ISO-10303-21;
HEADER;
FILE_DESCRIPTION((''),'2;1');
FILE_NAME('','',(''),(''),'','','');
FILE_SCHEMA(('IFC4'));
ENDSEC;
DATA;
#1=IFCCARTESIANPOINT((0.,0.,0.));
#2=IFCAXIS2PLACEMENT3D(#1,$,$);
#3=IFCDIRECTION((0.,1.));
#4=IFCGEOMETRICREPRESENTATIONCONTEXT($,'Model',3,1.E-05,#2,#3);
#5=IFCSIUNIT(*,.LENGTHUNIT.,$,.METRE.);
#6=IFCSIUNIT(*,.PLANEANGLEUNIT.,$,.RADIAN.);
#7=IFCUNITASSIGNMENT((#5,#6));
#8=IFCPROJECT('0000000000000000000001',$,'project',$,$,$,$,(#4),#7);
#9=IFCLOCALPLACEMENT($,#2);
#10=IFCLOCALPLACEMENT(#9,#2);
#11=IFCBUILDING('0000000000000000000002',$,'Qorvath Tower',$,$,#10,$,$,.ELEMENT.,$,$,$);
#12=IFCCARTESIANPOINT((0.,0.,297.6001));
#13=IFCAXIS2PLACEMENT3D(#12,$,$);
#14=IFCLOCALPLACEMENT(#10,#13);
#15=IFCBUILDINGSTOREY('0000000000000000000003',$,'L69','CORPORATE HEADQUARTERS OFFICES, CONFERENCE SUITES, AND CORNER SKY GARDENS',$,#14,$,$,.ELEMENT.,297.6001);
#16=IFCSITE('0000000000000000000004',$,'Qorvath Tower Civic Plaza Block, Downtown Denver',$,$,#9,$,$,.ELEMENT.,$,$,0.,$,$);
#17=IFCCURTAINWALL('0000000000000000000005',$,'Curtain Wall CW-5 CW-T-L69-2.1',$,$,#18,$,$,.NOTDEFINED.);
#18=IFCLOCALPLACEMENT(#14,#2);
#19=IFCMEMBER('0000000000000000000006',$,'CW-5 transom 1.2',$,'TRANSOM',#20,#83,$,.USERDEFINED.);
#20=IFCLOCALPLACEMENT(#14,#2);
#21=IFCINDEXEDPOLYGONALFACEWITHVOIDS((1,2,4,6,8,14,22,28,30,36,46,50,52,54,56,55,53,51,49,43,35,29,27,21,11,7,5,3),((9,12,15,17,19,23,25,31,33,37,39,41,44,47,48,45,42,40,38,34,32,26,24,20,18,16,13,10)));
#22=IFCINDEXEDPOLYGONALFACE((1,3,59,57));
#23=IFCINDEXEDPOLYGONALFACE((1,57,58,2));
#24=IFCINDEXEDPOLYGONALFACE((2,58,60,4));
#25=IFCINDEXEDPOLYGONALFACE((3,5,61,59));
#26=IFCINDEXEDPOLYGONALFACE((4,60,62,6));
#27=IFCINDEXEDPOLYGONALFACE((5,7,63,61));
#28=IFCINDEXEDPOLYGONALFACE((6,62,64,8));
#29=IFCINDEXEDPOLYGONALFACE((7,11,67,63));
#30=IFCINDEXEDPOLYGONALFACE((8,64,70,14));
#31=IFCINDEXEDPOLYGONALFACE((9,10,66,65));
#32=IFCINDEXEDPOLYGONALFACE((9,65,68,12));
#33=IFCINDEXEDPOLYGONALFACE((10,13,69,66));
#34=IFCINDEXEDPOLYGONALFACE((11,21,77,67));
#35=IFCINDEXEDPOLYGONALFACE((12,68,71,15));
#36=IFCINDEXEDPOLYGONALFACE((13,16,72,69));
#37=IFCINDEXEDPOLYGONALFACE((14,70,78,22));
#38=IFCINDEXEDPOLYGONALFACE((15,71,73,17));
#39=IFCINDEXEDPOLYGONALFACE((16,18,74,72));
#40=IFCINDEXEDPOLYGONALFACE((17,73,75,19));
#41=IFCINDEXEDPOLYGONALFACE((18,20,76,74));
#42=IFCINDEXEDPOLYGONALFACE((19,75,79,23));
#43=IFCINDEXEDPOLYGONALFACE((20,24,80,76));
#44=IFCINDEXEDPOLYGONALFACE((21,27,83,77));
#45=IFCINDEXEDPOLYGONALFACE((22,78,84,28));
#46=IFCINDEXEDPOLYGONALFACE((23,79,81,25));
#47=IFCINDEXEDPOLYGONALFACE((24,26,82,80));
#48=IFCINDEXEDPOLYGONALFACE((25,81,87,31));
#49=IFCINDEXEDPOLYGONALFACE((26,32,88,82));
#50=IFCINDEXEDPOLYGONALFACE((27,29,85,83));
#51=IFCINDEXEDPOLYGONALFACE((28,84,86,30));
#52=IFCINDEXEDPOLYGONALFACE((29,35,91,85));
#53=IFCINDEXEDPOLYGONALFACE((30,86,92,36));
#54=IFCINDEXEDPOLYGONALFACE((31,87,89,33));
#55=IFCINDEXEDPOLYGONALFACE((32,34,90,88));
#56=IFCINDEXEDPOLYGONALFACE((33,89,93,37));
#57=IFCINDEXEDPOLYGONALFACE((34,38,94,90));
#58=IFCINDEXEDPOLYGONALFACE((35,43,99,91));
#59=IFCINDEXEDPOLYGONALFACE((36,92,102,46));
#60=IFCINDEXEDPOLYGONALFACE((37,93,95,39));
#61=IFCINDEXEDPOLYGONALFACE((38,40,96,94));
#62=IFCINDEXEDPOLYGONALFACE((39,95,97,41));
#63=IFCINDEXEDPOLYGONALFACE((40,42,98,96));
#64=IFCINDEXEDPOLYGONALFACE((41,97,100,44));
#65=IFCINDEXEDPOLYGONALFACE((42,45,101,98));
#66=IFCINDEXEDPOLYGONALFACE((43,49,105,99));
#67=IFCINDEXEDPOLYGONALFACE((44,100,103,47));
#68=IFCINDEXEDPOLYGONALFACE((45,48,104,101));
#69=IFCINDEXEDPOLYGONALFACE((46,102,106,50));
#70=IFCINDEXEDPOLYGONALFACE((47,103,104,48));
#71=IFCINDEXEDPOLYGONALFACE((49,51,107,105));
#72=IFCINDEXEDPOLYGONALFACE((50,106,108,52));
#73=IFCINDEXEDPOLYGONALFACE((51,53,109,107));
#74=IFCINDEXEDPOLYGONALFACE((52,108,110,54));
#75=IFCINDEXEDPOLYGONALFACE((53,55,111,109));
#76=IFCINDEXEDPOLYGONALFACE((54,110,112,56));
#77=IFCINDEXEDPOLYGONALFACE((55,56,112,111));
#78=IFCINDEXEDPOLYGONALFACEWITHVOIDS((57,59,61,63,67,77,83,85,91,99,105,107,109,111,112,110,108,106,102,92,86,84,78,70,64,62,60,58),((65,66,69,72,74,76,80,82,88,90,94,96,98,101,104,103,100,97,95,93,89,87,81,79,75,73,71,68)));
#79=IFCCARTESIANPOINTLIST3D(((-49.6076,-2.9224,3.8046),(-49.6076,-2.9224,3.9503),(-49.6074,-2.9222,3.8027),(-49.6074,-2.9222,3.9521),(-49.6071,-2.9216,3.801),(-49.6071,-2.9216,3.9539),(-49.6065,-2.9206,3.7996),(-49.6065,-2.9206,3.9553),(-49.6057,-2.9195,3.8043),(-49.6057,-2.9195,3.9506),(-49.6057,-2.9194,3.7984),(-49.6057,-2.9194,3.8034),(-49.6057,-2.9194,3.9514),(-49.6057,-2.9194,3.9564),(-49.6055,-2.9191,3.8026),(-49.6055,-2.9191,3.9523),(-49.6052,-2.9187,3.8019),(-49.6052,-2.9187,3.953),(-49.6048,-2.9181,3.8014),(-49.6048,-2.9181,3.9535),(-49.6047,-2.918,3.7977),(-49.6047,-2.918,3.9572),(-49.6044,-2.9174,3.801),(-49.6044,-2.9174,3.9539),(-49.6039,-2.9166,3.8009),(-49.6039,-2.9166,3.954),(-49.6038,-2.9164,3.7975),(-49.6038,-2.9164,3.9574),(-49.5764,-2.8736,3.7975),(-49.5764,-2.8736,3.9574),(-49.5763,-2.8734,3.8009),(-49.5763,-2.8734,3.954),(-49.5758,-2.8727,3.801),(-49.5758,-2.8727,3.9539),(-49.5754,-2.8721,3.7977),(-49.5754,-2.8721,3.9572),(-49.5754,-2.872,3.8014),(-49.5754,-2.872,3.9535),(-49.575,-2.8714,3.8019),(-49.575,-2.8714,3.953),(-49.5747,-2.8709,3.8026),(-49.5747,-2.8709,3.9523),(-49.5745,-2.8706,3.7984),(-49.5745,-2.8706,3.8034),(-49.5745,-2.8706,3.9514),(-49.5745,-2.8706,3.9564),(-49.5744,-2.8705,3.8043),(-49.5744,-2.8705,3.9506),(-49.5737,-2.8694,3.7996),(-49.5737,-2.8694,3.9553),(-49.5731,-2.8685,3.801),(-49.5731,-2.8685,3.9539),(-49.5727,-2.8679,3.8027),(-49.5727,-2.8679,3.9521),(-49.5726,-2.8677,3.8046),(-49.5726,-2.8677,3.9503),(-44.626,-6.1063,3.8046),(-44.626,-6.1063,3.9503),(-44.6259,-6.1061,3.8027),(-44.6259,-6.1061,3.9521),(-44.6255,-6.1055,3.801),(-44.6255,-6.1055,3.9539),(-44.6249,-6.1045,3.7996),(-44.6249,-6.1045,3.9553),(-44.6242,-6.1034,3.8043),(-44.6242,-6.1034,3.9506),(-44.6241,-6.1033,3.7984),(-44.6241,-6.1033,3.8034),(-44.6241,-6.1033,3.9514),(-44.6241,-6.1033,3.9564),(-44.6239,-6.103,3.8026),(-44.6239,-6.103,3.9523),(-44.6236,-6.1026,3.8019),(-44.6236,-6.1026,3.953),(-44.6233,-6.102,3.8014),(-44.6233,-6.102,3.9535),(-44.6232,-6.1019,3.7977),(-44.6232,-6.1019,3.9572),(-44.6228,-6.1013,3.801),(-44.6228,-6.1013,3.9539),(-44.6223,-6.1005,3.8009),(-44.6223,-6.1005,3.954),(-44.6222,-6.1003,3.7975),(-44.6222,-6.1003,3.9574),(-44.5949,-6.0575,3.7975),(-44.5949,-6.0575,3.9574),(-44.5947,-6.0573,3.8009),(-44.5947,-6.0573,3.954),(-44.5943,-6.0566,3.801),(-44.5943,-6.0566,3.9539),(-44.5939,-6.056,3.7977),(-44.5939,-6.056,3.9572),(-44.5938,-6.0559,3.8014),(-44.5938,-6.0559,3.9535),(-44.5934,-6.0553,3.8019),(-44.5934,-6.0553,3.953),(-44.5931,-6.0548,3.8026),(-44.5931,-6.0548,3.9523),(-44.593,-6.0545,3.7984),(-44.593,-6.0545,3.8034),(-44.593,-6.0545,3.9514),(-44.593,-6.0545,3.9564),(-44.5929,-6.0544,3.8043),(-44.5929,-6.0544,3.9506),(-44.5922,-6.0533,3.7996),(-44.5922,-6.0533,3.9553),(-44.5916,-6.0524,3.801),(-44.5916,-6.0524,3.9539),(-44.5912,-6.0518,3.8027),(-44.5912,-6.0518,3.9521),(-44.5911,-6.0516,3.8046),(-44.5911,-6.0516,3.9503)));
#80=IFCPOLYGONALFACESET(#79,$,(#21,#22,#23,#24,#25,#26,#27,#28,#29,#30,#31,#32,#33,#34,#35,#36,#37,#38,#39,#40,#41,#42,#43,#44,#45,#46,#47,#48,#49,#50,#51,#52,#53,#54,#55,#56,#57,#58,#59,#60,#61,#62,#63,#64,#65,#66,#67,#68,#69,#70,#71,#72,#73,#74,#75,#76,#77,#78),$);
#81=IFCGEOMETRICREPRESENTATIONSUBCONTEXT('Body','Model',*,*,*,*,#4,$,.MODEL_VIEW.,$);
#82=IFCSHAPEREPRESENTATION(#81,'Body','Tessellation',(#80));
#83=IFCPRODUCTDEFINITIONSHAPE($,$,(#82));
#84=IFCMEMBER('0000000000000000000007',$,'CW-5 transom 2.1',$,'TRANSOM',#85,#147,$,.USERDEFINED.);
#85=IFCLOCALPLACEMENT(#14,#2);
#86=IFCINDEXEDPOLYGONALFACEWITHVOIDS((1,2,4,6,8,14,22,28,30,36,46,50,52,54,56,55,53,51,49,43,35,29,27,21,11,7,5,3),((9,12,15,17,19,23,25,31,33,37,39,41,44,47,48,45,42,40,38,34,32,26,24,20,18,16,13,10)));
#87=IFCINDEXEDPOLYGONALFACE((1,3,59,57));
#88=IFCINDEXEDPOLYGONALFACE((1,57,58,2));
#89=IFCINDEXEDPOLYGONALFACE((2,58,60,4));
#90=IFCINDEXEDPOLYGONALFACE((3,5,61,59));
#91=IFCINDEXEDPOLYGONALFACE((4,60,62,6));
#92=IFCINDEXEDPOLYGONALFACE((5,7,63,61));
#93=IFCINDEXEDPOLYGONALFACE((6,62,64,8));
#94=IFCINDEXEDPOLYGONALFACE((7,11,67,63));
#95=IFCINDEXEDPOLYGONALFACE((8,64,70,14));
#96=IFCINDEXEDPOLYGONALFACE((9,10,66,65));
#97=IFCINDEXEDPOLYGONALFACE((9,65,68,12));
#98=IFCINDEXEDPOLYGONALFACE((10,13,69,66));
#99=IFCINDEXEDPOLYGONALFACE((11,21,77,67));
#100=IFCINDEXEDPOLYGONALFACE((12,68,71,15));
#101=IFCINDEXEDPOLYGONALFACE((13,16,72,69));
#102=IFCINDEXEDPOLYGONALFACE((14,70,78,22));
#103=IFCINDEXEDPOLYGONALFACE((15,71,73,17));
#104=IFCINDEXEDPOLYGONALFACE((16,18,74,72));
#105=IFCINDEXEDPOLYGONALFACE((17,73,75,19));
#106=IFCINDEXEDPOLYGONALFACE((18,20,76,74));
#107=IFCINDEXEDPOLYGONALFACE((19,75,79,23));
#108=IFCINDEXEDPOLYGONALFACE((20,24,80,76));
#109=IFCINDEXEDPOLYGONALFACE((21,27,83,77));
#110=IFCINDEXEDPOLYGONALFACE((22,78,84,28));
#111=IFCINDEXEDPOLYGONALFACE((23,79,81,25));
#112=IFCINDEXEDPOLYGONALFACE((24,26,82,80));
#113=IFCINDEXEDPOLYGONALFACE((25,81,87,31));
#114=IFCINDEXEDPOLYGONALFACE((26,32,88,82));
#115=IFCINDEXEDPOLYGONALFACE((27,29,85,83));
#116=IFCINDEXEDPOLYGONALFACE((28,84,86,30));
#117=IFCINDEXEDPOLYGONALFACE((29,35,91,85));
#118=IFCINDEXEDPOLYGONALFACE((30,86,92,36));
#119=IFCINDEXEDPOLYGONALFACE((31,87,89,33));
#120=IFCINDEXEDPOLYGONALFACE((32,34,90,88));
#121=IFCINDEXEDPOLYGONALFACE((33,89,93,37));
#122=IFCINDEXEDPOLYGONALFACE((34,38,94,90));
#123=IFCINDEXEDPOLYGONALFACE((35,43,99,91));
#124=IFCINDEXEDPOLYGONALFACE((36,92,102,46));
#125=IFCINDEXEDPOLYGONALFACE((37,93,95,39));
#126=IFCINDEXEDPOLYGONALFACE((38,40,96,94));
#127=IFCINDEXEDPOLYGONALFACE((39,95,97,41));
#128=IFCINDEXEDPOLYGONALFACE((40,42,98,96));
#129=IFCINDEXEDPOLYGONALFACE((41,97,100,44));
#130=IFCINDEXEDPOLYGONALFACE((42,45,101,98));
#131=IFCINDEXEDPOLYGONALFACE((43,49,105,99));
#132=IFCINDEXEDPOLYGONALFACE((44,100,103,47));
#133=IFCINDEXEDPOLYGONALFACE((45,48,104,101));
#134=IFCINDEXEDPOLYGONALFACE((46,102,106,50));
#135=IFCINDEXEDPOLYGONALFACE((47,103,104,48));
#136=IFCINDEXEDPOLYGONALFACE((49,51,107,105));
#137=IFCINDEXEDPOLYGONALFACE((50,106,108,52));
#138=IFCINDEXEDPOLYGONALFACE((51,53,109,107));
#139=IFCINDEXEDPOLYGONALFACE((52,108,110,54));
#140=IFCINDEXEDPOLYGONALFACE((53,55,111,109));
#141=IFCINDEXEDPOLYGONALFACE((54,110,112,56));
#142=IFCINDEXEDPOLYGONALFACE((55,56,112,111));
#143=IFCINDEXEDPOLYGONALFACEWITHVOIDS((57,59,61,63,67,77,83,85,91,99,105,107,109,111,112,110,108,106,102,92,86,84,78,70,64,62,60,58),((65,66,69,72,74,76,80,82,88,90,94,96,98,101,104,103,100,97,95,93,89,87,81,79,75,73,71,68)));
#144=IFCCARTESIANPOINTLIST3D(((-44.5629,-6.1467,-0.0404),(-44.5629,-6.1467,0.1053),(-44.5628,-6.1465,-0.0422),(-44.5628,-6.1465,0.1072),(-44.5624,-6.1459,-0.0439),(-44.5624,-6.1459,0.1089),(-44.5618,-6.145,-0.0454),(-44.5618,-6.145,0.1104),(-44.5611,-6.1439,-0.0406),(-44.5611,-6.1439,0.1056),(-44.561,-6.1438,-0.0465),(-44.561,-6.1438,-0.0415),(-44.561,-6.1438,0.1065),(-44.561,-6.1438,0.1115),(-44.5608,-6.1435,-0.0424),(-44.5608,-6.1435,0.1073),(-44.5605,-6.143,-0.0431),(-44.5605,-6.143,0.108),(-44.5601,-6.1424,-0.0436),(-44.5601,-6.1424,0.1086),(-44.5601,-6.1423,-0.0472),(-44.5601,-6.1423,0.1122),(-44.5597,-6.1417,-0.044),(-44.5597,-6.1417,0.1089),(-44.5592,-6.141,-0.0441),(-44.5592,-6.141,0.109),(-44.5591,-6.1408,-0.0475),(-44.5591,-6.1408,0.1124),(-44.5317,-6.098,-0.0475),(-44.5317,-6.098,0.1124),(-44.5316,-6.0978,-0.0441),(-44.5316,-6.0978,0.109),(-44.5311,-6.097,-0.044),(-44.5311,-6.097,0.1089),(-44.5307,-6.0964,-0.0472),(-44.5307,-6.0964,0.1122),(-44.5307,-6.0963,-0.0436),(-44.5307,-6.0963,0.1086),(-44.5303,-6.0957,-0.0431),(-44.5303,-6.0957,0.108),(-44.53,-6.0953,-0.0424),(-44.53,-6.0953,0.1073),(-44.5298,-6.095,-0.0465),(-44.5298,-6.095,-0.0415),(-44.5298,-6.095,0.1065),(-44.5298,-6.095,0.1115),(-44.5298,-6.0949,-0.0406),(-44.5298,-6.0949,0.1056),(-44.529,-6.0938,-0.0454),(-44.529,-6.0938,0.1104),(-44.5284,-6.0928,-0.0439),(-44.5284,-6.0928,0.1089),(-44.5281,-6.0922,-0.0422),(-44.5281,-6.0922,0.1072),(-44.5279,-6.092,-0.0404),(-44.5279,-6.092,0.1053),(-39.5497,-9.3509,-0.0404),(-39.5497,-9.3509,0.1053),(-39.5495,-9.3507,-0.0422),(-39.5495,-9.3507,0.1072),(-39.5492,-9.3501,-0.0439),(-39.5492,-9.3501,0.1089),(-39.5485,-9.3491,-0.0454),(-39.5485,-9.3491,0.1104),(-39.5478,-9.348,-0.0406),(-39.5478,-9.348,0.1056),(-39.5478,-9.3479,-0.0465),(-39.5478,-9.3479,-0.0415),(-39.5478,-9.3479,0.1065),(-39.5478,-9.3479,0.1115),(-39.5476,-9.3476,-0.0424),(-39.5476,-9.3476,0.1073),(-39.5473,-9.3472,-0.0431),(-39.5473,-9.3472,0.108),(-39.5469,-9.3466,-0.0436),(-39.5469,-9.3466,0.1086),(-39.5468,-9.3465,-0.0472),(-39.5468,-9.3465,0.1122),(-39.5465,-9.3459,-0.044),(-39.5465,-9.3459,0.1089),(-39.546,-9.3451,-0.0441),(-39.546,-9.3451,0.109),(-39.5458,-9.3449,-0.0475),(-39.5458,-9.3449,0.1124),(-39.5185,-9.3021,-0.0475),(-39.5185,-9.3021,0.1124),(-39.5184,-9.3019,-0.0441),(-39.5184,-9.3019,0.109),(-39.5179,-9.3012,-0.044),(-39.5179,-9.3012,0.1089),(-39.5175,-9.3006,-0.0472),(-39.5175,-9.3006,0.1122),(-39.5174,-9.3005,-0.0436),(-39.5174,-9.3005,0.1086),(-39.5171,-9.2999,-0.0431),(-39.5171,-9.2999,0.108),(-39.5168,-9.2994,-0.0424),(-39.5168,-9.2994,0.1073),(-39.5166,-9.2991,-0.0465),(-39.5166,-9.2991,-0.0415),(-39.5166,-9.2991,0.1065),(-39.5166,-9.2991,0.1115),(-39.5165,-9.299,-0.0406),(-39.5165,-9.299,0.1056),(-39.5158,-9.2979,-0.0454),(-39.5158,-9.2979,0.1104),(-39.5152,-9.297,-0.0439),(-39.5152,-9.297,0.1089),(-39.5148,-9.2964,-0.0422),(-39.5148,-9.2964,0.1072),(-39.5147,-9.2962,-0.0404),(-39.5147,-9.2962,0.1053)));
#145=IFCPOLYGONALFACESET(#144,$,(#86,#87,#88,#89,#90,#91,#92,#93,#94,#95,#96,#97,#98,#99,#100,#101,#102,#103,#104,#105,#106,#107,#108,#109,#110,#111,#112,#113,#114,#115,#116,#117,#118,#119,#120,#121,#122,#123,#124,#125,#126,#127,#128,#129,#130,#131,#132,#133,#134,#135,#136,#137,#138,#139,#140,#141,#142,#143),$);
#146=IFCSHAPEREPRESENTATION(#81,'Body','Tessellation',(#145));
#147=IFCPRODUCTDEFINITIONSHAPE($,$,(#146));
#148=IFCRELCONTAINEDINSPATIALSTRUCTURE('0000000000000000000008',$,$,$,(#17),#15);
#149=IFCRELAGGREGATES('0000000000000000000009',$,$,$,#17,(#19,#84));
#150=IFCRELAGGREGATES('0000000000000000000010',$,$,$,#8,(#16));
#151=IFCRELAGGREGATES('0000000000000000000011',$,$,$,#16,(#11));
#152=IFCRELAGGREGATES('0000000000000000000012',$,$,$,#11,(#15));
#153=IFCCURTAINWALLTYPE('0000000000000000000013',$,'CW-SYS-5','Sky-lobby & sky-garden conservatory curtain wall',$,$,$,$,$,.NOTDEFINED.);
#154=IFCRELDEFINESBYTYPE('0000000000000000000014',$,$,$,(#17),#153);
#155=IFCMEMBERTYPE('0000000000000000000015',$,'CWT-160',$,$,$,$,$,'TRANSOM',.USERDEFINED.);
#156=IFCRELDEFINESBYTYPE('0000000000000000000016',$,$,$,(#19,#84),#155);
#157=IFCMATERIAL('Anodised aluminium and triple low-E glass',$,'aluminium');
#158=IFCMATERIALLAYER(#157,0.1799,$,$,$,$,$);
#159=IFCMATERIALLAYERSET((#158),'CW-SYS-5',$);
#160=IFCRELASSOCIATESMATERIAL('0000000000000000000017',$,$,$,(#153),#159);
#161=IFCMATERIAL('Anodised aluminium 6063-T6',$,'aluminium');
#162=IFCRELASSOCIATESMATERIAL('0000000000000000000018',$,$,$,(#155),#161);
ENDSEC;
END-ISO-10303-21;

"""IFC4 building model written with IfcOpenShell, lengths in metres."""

from ifc_helpers import new_model, si_unit, direction, frame, origin, origin_2d, place, context, subcontext, project, spatial, hollow_rectangle, extrude, material, layer, layer_set, material_profile, profile_set, type_object, element, aggregate, save


model = new_model("IFC4")

# Units and contexts
model_context = context("Model", 3, precision=1e-05, world=origin(), true_north=direction((0.0, 1.0)))
body_context = subcontext(model_context, "Body", "Model", "MODEL_VIEW")
ifc_project = project(units=[si_unit("LENGTHUNIT", "METRE"), si_unit("PLANEANGLEUNIT", "RADIAN")], contexts=[model_context])

# Site, building, storey
site_placement = place(None, origin())
site = spatial("IfcSite", under=ifc_project, at=site_placement, Name="Qorvath Tower Civic Plaza Block, Downtown Denver", CompositionType="ELEMENT", RefElevation=0.0)
building_placement = place(site_placement, origin())
building = spatial("IfcBuilding", under=site, at=building_placement, Name="Qorvath Tower", CompositionType="ELEMENT")
storey_placement = place(building_placement, frame((0.0, 0.0, 297.6001)))
storey = spatial("IfcBuildingStorey", under=building, at=storey_placement, Name="L69", Description="CORPORATE HEADQUARTERS OFFICES, CONFERENCE SUITES, AND CORNER SKY GARDENS", CompositionType="ELEMENT", Elevation=297.6001)

# Curtain wall, members
ifc_material_1 = material(Name="Anodised aluminium and triple low-E glass", Category="aluminium")
ifc_layer_1 = layer(ifc_material_1, 0.1799)
ifc_layer_set_1 = layer_set([ifc_layer_1], Name="CW-SYS-5")
curtain_wall_type = type_object("IfcCurtainWallType", Name="CW-SYS-5", Description="Sky-lobby & sky-garden conservatory curtain wall", PredefinedType="NOTDEFINED", material=ifc_layer_set_1)
curtain_wall_placement = place(storey_placement, origin())
curtain_wall = element("IfcCurtainWall", 1, at=curtain_wall_placement, inside=storey, type_object=curtain_wall_type, Name="Curtain Wall CW-5 CW-T-L69-2.1", PredefinedType="NOTDEFINED")
ifc_material_2 = material(Name="Anodised aluminium 6063-T6", Category="aluminium")
ifc_material_profile_1 = material_profile(ifc_material_2, hollow_rectangle(XDim=0.0649, YDim=0.1599, WallThickness=0.0034, InnerFilletRadius=0.0034, OuterFilletRadius=0.0071, at=origin_2d()), Name="CWT 160x65")
ifc_profile_set_1 = profile_set([ifc_material_profile_1], Name="Anodised aluminium 6063-T6")
member_type_1 = type_object("IfcMemberType", Name="CWT-160", ElementType="TRANSOM", PredefinedType="USERDEFINED", material=ifc_profile_set_1)
member_1_placement = place(storey_placement, frame((-49.5901, -2.895, 3.8774), z_axis=(0.8426, -0.538539, 0.0), x_axis=(0.538539, 0.8426, 0.0)))
member_1 = element("IfcMember", 2, at=member_1_placement, type_object=member_type_1, Name="CW-5 transom 1.2", ObjectType="TRANSOM", PredefinedType="USERDEFINED", context=body_context, shape_type="SweptSolid", body=[
    extrude(hollow_rectangle(XDim=0.0649, YDim=0.1599, WallThickness=0.0034, InnerFilletRadius=0.0034, OuterFilletRadius=0.0071, at=origin_2d()), origin(), (0.0, 0.0, 1.0), 5.9121),
])
member_2_placement = place(storey_placement, frame((-44.5454, -6.1194, 0.0325), z_axis=(0.842602, -0.538537, 0.0), x_axis=(0.538537, 0.842602, 0.0)))
member_2 = element("IfcMember", 3, at=member_2_placement, type_object=member_type_1, Name="CW-5 transom 2.1", ObjectType="TRANSOM", PredefinedType="USERDEFINED", context=body_context, shape_type="SweptSolid", body=[
    extrude(hollow_rectangle(XDim=0.0649, YDim=0.1599, WallThickness=0.0034, InnerFilletRadius=0.0034, OuterFilletRadius=0.0071, at=origin_2d()), origin(), (0.0, 0.0, 1.0), 5.9497),
])
aggregate(curtain_wall, [member_1, member_2])

save(model, "model.ifc")
